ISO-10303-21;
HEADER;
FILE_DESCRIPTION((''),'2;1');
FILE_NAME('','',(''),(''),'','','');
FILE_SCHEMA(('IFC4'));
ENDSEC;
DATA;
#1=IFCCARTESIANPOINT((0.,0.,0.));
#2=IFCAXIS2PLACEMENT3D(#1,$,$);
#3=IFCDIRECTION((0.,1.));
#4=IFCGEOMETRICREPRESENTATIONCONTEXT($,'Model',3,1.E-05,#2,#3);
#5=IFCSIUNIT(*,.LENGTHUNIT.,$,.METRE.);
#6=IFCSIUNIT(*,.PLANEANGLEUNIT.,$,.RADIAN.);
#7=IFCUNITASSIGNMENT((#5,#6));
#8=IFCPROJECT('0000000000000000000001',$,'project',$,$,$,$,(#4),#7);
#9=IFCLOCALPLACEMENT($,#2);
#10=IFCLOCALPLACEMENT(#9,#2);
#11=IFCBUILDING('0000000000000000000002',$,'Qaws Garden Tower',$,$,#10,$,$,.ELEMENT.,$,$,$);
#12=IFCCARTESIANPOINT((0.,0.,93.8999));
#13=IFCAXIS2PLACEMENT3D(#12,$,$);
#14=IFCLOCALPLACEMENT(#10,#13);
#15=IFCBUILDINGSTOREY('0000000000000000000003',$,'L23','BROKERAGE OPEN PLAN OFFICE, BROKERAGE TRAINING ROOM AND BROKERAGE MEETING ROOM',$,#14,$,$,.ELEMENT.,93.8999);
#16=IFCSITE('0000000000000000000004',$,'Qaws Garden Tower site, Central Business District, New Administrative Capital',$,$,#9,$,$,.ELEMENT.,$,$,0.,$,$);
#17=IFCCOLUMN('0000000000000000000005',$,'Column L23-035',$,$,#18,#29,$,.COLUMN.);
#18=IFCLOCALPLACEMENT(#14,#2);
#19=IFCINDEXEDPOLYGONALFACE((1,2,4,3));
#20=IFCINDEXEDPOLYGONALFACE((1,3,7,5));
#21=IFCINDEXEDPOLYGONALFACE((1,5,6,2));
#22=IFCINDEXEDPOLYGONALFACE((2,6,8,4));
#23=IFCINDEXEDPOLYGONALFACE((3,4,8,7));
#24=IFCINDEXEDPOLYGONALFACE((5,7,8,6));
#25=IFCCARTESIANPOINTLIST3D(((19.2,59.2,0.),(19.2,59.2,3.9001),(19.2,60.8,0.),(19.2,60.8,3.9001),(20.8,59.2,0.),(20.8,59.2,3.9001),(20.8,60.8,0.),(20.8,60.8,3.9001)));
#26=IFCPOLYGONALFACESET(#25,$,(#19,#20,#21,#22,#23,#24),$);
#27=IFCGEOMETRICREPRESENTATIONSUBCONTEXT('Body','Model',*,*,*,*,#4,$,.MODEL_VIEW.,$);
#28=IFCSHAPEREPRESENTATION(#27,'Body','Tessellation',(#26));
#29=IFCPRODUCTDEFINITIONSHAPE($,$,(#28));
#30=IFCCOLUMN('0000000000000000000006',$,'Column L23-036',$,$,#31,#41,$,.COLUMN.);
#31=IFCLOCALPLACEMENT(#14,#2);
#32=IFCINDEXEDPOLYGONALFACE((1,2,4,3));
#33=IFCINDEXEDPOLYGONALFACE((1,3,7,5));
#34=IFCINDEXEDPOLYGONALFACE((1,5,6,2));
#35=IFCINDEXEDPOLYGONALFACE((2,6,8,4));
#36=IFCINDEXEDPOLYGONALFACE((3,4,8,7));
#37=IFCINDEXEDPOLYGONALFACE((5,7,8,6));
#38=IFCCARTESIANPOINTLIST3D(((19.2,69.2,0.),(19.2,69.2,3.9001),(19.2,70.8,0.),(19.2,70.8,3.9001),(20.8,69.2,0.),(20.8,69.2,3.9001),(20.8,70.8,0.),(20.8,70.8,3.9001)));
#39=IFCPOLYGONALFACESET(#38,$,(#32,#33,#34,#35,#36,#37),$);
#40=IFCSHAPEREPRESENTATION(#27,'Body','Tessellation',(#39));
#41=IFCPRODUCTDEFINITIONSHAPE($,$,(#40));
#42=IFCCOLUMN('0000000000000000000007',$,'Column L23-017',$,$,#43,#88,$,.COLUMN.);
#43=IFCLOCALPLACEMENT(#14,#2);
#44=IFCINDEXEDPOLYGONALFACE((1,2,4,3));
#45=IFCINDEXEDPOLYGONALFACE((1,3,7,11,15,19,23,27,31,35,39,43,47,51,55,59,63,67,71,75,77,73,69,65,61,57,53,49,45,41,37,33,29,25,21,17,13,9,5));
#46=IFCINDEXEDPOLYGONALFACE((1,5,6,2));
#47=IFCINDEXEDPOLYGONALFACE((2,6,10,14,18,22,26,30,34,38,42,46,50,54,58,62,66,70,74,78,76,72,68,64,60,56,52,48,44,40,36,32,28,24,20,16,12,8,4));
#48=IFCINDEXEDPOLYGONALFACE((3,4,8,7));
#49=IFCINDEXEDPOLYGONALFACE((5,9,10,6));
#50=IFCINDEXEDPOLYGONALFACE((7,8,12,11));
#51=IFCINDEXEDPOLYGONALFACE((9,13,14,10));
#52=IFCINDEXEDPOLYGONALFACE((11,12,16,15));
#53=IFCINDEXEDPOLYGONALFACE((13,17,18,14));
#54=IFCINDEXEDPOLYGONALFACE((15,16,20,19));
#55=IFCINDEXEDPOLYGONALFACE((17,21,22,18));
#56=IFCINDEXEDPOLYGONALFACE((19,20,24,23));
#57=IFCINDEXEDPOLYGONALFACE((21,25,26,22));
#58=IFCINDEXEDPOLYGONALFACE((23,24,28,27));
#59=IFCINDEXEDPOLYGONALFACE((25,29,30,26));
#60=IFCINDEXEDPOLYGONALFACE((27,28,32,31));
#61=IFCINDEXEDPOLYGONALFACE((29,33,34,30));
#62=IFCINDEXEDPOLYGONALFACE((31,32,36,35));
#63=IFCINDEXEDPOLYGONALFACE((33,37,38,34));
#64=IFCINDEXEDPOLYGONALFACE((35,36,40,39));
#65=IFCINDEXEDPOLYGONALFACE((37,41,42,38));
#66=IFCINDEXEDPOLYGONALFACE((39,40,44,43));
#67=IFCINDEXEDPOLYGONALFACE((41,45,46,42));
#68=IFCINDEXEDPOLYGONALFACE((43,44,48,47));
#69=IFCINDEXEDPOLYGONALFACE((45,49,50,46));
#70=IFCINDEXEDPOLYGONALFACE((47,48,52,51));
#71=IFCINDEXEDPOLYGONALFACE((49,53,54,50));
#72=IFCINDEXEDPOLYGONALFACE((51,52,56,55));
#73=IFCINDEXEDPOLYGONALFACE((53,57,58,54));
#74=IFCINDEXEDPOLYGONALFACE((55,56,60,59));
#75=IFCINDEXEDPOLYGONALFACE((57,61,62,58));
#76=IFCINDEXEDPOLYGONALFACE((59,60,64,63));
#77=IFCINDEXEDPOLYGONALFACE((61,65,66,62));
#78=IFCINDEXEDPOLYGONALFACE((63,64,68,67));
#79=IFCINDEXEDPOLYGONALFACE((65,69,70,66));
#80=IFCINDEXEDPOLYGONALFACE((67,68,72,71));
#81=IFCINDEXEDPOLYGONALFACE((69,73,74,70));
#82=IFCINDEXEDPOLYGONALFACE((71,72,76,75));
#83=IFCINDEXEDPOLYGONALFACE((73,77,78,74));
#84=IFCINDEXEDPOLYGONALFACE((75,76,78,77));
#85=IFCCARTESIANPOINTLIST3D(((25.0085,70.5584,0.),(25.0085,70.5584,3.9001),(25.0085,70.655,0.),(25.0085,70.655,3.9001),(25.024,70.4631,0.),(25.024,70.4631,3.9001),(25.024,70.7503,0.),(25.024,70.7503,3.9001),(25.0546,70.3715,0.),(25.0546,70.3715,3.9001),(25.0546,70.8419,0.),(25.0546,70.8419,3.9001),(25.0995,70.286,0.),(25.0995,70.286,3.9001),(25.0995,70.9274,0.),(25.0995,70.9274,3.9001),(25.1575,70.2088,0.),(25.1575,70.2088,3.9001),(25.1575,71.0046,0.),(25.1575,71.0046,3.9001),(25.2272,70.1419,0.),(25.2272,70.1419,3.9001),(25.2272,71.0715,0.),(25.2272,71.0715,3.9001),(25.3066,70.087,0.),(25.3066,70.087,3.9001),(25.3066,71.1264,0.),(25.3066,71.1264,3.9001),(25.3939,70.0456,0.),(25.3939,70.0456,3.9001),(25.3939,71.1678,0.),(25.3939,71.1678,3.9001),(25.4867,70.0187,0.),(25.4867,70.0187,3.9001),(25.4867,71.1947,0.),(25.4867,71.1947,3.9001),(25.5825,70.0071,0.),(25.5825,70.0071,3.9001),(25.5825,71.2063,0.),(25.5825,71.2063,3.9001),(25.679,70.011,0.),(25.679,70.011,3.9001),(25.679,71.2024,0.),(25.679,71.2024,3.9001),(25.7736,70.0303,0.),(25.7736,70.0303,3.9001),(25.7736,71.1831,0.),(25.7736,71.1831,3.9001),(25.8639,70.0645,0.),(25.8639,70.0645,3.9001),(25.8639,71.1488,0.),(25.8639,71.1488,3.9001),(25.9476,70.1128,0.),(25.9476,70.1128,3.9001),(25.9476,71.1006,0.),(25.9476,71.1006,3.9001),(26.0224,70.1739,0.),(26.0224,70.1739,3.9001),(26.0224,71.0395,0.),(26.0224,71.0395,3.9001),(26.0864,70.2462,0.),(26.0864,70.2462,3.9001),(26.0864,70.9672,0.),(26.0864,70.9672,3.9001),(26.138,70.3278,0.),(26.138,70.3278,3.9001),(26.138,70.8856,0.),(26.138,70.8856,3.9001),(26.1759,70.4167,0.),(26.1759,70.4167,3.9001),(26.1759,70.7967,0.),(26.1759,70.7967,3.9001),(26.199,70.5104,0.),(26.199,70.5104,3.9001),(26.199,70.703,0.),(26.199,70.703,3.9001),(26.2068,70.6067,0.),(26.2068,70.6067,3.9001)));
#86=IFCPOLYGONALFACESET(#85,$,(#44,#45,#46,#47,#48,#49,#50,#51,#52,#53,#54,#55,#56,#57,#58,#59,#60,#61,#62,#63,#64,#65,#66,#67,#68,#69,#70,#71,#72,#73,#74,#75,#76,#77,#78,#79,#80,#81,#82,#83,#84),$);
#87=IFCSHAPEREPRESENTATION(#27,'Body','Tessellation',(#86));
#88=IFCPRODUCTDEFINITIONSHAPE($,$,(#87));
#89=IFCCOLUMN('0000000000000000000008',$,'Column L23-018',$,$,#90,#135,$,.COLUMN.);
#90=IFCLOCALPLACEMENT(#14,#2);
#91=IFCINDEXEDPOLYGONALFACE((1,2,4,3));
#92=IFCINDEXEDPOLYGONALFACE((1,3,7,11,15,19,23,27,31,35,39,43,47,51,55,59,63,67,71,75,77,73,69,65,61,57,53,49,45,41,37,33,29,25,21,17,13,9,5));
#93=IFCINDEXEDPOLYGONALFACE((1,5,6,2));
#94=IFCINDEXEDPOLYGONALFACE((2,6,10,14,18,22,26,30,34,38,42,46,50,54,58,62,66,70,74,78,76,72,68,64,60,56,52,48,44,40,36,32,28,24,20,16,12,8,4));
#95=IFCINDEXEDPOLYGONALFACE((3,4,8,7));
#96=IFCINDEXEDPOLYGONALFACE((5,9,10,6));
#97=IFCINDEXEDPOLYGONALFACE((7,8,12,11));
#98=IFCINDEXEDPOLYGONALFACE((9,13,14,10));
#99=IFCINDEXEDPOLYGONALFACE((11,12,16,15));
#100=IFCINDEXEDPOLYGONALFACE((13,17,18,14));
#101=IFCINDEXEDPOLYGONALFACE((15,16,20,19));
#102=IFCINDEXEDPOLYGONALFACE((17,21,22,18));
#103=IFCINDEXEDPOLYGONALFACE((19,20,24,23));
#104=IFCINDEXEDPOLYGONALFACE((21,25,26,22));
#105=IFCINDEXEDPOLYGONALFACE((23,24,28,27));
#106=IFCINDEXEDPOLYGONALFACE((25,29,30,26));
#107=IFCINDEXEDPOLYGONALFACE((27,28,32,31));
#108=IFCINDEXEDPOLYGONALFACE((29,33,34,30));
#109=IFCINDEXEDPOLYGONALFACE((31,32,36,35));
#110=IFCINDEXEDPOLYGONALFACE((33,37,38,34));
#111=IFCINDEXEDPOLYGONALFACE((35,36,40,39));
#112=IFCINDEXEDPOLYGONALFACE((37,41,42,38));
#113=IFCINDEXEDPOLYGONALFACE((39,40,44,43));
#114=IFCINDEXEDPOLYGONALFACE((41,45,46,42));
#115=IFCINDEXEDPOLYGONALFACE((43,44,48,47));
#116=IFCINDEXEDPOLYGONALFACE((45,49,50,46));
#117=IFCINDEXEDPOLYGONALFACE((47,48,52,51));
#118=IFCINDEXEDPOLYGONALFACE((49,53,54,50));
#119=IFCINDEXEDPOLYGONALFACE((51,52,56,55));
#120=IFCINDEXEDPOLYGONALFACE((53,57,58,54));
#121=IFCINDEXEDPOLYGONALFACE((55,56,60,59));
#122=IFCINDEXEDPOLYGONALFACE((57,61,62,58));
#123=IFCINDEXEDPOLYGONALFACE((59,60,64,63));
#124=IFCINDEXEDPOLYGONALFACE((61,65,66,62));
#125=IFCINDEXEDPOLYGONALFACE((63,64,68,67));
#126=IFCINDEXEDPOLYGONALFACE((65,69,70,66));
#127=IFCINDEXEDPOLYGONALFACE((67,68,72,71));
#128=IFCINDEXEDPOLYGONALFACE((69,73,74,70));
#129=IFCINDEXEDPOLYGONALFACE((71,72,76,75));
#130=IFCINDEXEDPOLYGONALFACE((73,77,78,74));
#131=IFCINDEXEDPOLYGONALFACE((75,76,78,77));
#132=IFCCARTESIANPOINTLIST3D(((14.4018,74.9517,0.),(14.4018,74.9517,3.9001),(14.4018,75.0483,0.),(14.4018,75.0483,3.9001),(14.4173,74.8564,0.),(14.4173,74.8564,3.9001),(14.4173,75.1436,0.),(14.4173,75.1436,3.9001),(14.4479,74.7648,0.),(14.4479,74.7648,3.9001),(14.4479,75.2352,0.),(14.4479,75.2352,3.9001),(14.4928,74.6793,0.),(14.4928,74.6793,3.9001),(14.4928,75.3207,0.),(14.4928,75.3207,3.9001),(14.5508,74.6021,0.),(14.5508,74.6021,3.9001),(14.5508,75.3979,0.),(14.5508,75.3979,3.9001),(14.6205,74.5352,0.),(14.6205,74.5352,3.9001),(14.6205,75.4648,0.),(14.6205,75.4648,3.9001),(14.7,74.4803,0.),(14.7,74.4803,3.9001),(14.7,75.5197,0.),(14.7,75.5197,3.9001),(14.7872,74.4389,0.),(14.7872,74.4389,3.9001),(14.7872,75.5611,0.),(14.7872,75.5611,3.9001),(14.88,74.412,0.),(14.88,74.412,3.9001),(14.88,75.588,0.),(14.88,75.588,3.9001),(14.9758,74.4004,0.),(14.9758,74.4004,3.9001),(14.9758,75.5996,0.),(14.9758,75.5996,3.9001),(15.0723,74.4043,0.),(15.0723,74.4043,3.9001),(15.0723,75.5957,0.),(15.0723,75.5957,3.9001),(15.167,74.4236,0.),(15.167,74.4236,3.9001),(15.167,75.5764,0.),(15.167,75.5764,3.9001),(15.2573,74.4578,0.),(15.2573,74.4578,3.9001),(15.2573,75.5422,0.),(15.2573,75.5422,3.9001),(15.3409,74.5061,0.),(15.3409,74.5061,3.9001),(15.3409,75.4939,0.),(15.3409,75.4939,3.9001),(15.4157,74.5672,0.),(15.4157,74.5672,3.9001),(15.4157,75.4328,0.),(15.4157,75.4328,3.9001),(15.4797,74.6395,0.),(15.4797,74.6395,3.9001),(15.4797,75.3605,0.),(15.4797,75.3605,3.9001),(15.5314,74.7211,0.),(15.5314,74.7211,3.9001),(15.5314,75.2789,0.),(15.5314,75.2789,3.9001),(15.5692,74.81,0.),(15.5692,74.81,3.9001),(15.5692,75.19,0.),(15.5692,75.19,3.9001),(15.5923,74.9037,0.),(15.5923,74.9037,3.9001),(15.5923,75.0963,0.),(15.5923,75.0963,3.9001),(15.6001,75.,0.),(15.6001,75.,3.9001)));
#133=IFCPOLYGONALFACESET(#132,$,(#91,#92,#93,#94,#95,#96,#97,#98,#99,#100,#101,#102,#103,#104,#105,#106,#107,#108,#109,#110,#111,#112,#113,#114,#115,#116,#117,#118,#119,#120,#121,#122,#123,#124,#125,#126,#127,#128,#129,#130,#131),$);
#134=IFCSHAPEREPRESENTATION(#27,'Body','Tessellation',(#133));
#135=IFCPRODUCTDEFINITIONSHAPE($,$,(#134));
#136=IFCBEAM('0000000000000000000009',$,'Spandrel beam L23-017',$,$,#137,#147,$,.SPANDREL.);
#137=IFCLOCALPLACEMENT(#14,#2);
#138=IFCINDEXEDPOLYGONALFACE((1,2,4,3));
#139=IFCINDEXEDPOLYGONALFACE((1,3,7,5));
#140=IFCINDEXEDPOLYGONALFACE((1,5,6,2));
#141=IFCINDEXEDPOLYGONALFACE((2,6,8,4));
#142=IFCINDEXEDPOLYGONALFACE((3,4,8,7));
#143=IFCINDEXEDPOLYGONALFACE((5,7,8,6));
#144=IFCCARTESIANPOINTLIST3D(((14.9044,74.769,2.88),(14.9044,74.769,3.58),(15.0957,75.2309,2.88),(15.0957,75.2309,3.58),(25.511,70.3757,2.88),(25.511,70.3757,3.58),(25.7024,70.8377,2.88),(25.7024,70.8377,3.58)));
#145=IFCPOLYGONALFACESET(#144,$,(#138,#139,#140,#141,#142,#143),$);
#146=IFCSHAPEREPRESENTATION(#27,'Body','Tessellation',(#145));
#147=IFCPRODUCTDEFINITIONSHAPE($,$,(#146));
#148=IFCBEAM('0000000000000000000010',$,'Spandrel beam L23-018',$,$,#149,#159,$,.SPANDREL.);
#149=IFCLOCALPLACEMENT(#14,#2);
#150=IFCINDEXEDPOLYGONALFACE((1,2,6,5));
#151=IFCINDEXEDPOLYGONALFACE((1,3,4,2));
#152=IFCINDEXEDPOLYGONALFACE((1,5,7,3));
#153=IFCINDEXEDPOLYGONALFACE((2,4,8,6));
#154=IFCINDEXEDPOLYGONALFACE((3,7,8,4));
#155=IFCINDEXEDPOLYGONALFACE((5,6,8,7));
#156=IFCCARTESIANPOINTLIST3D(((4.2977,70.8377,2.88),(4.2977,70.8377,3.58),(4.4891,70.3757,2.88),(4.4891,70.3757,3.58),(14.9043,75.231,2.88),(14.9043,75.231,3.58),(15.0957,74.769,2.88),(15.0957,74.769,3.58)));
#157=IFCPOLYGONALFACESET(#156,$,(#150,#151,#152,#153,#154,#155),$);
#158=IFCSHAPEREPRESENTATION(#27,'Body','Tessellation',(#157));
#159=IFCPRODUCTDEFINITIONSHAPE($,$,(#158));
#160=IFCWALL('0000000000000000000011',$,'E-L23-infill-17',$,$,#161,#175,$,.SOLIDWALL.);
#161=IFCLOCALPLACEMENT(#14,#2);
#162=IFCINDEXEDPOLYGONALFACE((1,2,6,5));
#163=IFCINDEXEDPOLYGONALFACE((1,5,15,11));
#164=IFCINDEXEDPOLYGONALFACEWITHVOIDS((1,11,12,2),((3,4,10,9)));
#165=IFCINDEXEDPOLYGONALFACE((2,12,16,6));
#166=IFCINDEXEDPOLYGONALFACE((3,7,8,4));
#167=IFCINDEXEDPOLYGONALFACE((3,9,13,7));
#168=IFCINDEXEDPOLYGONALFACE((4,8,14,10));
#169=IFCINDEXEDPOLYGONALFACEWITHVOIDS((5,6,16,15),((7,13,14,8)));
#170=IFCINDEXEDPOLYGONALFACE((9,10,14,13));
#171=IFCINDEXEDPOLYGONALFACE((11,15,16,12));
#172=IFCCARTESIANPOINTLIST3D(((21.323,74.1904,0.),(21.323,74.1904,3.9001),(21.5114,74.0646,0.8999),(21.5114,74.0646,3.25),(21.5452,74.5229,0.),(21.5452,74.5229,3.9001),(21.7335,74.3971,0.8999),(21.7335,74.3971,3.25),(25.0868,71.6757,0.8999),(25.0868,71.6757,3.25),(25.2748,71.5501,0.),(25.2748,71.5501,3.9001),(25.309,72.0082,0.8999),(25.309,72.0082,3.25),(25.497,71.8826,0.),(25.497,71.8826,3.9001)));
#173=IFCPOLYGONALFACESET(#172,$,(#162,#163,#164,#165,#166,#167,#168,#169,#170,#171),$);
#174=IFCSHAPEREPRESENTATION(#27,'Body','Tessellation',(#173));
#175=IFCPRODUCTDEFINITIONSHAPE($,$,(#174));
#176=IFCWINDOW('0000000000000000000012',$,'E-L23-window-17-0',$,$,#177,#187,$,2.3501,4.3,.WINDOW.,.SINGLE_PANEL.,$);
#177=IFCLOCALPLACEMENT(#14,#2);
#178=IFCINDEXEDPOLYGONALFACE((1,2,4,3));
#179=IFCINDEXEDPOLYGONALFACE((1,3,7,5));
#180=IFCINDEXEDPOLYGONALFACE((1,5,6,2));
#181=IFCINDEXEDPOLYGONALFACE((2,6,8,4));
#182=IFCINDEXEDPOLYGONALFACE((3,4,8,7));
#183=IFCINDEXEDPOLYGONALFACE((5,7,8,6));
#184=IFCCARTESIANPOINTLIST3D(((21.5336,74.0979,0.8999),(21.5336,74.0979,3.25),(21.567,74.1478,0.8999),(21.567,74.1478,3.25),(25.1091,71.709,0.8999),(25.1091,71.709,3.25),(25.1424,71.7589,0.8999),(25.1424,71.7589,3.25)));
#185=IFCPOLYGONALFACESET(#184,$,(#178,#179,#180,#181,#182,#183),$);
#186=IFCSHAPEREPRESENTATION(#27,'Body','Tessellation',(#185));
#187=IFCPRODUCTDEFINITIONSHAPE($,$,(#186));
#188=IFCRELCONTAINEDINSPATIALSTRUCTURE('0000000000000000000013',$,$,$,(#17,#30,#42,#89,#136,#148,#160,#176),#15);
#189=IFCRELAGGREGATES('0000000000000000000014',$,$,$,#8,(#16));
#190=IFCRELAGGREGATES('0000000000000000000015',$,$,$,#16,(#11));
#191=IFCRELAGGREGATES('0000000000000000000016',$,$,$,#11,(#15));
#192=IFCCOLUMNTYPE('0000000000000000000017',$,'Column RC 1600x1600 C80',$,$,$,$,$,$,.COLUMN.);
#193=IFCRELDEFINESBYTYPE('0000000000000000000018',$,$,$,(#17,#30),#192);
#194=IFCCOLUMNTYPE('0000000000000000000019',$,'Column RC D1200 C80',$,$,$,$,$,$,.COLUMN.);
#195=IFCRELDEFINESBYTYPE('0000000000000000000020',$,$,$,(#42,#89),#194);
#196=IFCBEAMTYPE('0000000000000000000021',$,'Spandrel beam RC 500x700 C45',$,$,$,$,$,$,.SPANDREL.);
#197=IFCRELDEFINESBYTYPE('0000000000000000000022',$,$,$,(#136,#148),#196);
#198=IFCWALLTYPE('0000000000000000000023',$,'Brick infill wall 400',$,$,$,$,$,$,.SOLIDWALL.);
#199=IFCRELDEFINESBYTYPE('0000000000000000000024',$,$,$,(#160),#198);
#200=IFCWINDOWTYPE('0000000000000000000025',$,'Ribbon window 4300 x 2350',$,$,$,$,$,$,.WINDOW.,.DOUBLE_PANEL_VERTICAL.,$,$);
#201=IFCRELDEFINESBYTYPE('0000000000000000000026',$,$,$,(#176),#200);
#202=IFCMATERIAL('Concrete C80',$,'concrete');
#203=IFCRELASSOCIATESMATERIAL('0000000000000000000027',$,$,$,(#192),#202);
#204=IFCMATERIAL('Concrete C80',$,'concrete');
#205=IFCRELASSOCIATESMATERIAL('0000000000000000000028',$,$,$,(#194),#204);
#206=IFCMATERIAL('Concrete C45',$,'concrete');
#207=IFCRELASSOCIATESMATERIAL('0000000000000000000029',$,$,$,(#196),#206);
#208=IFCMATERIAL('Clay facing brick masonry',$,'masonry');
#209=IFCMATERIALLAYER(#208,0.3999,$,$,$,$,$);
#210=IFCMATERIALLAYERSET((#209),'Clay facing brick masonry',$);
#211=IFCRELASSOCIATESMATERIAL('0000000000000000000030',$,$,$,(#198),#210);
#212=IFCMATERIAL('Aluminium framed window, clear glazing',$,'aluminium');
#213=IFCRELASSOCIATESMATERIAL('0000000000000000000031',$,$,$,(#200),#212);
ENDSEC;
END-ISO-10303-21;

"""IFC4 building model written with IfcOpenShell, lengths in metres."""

from ifc_helpers import new_model, si_unit, direction, frame, frame_2d, origin, origin_2d, place, context, subcontext, project, spatial, rectangle, circle, extrude, material, layer, layer_set, material_profile, profile_set, type_object, element, fill, save


model = new_model("IFC4")

# Units and contexts
model_context = context("Model", 3, precision=1e-05, world=origin(), true_north=direction((0.0, 1.0)))
body_context = subcontext(model_context, "Body", "Model", "MODEL_VIEW")
ifc_project = project(units=[si_unit("LENGTHUNIT", "METRE"), si_unit("PLANEANGLEUNIT", "RADIAN")], contexts=[model_context])

# Site, building, storey
site_placement = place(None, origin())
site = spatial("IfcSite", under=ifc_project, at=site_placement, Name="Qaws Garden Tower site, Central Business District, New Administrative Capital", CompositionType="ELEMENT", RefElevation=0.0)
building_placement = place(site_placement, origin())
building = spatial("IfcBuilding", under=site, at=building_placement, Name="Qaws Garden Tower", CompositionType="ELEMENT")
storey_placement = place(building_placement, frame((0.0, 0.0, 93.8999)))
storey = spatial("IfcBuildingStorey", under=building, at=storey_placement, Name="L23", Description="BROKERAGE OPEN PLAN OFFICE, BROKERAGE TRAINING ROOM AND BROKERAGE MEETING ROOM", CompositionType="ELEMENT", Elevation=93.8999)

# Columns
ifc_material_1 = material(Name="Concrete C80", Category="concrete")
ifc_material_profile_1 = material_profile(ifc_material_1, rectangle(XDim=1.6001, YDim=1.6001, at=origin_2d()), Name="RC 1600x1600")
ifc_profile_set_1 = profile_set([ifc_material_profile_1], Name="Concrete C80")
column_type_1 = type_object("IfcColumnType", Name="Column RC 1600x1600 C80", PredefinedType="COLUMN", material=ifc_profile_set_1)
for number, where, z_axis, x_axis, name in (
    (1, (20.0, 60.0, 0.0), (0.0, 0.0, 1.0), (1.0, 0.0, 0.0), "Column L23-035"),
    (2, (20.0, 70.0, 0.0), (0.0, 0.0, 1.0), (1.0, 0.0, 0.0), "Column L23-036"),
):
    element("IfcColumn", number, at=place(storey_placement, frame(where, z_axis=z_axis, x_axis=x_axis)), inside=storey, type_object=column_type_1, Name=name, PredefinedType="COLUMN", context=body_context, shape_type="SweptSolid", body=[
        extrude(rectangle(XDim=1.6001, YDim=1.6001, at=origin_2d()), origin(), (0.0, 0.0, 1.0), 3.9001),
    ])
ifc_material_2 = material(Name="Concrete C80", Category="concrete")
ifc_material_profile_2 = material_profile(ifc_material_2, circle(Radius=0.6001, at=origin_2d()), Name="RC D1200")
ifc_profile_set_2 = profile_set([ifc_material_profile_2], Name="Concrete C80")
column_type_2 = type_object("IfcColumnType", Name="Column RC D1200 C80", PredefinedType="COLUMN", material=ifc_profile_set_2)
for number, where, z_axis, x_axis, name in (
    (3, (25.6067, 70.6067, 0.0), (0.0, 0.0, 1.0), (1.0, 0.0, 0.0), "Column L23-017"),
    (4, (15.0, 75.0, 0.0), (0.0, 0.0, 1.0), (1.0, 0.0, 0.0), "Column L23-018"),
):
    element("IfcColumn", number, at=place(storey_placement, frame(where, z_axis=z_axis, x_axis=x_axis)), inside=storey, type_object=column_type_2, Name=name, PredefinedType="COLUMN", context=body_context, shape_type="SweptSolid", body=[
        extrude(circle(Radius=0.6001, at=origin_2d()), origin(), (0.0, 0.0, 1.0), 3.9001),
    ])

# Beams
ifc_material_3 = material(Name="Concrete C45", Category="concrete")
ifc_material_profile_3 = material_profile(ifc_material_3, rectangle(XDim=0.5, YDim=0.7, at=origin_2d()), Name="RC 500x700")
ifc_profile_set_3 = profile_set([ifc_material_profile_3], Name="Concrete C45")
beam_type = type_object("IfcBeamType", Name="Spandrel beam RC 500x700 C45", PredefinedType="SPANDREL", material=ifc_profile_set_3)
for number, where, z_axis, x_axis, name in (
    (5, (25.6067, 70.6067, 3.23), (-0.923883, 0.382674, 0.0), (-0.382674, -0.923883, 0.0), "Spandrel beam L23-017"),
    (6, (15.0, 75.0, 3.23), (-0.923883, -0.382674, 0.0), (0.382674, -0.923883, 0.0), "Spandrel beam L23-018"),
):
    element("IfcBeam", number, at=place(storey_placement, frame(where, z_axis=z_axis, x_axis=x_axis)), inside=storey, type_object=beam_type, Name=name, PredefinedType="SPANDREL", context=body_context, shape_type="SweptSolid", body=[
        extrude(rectangle(XDim=0.5, YDim=0.7, at=origin_2d()), origin(), (0.0, 0.0, 1.0), 11.4805),
    ])

# Wall, opening, window
ifc_material_4 = material(Name="Clay facing brick masonry", Category="masonry")
ifc_layer_1 = layer(ifc_material_4, 0.3999)
ifc_layer_set_1 = layer_set([ifc_layer_1], Name="Clay facing brick masonry")
wall_type_1 = type_object("IfcWallType", Name="Brick infill wall 400", PredefinedType="SOLIDWALL", material=ifc_layer_set_1)
wall_1_placement = place(storey_placement, frame((25.386, 71.7163, 0.0), z_axis=(0.0, 0.0, 1.0), x_axis=(-0.831489, 0.555542, 0.0)))
wall_1 = element("IfcWall", 7, at=wall_1_placement, inside=storey, type_object=wall_type_1, Name="E-L23-infill-17", PredefinedType="SOLIDWALL", context=body_context, shape_type="SweptSolid", body=[
    extrude(rectangle(XDim=4.7527, YDim=0.3999, at=frame_2d((2.3765, 0.0))), origin(), (0.0, 0.0, 1.0), 3.9001),
])
opening_1_placement = place(wall_1_placement, frame((0.2263, 0.0, 0.8999)))
opening_1 = element("IfcOpeningElement", 8, at=opening_1_placement, cuts=wall_1, PredefinedType="OPENING", context=body_context, shape_type="SweptSolid", body=[
    extrude(rectangle(XDim=4.3, YDim=2.3501, at=frame_2d((2.1499, 1.175))), frame((0.0, 0.21, 0.0), z_axis=(0.0, -1.0, 0.0), x_axis=(1.0, 0.0, 0.0)), (0.0, 0.0, 1.0), 0.4199),
])
ifc_material_5 = material(Name="Aluminium framed window, clear glazing", Category="aluminium")
window_type = type_object("IfcWindowType", Name="Ribbon window 4300 x 2350", PartitioningType="DOUBLE_PANEL_VERTICAL", PredefinedType="WINDOW", material=ifc_material_5)
window_1_placement = place(opening_1_placement, origin())
window_1 = element("IfcWindow", 9, at=window_1_placement, inside=storey, type_object=window_type, Name="E-L23-window-17-0", OverallHeight=2.3501, OverallWidth=4.3, PartitioningType="SINGLE_PANEL", PredefinedType="WINDOW", context=body_context, shape_type="SweptSolid", body=[
    extrude(rectangle(XDim=4.3, YDim=2.3501, at=frame_2d((2.1499, 1.175))), frame((0.0, 0.1599, 0.0), z_axis=(0.0, -1.0, 0.0), x_axis=(1.0, 0.0, 0.0)), (0.0, 0.0, 1.0), 0.0601),
])
fill(opening_1, window_1)

save(model, "model.ifc")
